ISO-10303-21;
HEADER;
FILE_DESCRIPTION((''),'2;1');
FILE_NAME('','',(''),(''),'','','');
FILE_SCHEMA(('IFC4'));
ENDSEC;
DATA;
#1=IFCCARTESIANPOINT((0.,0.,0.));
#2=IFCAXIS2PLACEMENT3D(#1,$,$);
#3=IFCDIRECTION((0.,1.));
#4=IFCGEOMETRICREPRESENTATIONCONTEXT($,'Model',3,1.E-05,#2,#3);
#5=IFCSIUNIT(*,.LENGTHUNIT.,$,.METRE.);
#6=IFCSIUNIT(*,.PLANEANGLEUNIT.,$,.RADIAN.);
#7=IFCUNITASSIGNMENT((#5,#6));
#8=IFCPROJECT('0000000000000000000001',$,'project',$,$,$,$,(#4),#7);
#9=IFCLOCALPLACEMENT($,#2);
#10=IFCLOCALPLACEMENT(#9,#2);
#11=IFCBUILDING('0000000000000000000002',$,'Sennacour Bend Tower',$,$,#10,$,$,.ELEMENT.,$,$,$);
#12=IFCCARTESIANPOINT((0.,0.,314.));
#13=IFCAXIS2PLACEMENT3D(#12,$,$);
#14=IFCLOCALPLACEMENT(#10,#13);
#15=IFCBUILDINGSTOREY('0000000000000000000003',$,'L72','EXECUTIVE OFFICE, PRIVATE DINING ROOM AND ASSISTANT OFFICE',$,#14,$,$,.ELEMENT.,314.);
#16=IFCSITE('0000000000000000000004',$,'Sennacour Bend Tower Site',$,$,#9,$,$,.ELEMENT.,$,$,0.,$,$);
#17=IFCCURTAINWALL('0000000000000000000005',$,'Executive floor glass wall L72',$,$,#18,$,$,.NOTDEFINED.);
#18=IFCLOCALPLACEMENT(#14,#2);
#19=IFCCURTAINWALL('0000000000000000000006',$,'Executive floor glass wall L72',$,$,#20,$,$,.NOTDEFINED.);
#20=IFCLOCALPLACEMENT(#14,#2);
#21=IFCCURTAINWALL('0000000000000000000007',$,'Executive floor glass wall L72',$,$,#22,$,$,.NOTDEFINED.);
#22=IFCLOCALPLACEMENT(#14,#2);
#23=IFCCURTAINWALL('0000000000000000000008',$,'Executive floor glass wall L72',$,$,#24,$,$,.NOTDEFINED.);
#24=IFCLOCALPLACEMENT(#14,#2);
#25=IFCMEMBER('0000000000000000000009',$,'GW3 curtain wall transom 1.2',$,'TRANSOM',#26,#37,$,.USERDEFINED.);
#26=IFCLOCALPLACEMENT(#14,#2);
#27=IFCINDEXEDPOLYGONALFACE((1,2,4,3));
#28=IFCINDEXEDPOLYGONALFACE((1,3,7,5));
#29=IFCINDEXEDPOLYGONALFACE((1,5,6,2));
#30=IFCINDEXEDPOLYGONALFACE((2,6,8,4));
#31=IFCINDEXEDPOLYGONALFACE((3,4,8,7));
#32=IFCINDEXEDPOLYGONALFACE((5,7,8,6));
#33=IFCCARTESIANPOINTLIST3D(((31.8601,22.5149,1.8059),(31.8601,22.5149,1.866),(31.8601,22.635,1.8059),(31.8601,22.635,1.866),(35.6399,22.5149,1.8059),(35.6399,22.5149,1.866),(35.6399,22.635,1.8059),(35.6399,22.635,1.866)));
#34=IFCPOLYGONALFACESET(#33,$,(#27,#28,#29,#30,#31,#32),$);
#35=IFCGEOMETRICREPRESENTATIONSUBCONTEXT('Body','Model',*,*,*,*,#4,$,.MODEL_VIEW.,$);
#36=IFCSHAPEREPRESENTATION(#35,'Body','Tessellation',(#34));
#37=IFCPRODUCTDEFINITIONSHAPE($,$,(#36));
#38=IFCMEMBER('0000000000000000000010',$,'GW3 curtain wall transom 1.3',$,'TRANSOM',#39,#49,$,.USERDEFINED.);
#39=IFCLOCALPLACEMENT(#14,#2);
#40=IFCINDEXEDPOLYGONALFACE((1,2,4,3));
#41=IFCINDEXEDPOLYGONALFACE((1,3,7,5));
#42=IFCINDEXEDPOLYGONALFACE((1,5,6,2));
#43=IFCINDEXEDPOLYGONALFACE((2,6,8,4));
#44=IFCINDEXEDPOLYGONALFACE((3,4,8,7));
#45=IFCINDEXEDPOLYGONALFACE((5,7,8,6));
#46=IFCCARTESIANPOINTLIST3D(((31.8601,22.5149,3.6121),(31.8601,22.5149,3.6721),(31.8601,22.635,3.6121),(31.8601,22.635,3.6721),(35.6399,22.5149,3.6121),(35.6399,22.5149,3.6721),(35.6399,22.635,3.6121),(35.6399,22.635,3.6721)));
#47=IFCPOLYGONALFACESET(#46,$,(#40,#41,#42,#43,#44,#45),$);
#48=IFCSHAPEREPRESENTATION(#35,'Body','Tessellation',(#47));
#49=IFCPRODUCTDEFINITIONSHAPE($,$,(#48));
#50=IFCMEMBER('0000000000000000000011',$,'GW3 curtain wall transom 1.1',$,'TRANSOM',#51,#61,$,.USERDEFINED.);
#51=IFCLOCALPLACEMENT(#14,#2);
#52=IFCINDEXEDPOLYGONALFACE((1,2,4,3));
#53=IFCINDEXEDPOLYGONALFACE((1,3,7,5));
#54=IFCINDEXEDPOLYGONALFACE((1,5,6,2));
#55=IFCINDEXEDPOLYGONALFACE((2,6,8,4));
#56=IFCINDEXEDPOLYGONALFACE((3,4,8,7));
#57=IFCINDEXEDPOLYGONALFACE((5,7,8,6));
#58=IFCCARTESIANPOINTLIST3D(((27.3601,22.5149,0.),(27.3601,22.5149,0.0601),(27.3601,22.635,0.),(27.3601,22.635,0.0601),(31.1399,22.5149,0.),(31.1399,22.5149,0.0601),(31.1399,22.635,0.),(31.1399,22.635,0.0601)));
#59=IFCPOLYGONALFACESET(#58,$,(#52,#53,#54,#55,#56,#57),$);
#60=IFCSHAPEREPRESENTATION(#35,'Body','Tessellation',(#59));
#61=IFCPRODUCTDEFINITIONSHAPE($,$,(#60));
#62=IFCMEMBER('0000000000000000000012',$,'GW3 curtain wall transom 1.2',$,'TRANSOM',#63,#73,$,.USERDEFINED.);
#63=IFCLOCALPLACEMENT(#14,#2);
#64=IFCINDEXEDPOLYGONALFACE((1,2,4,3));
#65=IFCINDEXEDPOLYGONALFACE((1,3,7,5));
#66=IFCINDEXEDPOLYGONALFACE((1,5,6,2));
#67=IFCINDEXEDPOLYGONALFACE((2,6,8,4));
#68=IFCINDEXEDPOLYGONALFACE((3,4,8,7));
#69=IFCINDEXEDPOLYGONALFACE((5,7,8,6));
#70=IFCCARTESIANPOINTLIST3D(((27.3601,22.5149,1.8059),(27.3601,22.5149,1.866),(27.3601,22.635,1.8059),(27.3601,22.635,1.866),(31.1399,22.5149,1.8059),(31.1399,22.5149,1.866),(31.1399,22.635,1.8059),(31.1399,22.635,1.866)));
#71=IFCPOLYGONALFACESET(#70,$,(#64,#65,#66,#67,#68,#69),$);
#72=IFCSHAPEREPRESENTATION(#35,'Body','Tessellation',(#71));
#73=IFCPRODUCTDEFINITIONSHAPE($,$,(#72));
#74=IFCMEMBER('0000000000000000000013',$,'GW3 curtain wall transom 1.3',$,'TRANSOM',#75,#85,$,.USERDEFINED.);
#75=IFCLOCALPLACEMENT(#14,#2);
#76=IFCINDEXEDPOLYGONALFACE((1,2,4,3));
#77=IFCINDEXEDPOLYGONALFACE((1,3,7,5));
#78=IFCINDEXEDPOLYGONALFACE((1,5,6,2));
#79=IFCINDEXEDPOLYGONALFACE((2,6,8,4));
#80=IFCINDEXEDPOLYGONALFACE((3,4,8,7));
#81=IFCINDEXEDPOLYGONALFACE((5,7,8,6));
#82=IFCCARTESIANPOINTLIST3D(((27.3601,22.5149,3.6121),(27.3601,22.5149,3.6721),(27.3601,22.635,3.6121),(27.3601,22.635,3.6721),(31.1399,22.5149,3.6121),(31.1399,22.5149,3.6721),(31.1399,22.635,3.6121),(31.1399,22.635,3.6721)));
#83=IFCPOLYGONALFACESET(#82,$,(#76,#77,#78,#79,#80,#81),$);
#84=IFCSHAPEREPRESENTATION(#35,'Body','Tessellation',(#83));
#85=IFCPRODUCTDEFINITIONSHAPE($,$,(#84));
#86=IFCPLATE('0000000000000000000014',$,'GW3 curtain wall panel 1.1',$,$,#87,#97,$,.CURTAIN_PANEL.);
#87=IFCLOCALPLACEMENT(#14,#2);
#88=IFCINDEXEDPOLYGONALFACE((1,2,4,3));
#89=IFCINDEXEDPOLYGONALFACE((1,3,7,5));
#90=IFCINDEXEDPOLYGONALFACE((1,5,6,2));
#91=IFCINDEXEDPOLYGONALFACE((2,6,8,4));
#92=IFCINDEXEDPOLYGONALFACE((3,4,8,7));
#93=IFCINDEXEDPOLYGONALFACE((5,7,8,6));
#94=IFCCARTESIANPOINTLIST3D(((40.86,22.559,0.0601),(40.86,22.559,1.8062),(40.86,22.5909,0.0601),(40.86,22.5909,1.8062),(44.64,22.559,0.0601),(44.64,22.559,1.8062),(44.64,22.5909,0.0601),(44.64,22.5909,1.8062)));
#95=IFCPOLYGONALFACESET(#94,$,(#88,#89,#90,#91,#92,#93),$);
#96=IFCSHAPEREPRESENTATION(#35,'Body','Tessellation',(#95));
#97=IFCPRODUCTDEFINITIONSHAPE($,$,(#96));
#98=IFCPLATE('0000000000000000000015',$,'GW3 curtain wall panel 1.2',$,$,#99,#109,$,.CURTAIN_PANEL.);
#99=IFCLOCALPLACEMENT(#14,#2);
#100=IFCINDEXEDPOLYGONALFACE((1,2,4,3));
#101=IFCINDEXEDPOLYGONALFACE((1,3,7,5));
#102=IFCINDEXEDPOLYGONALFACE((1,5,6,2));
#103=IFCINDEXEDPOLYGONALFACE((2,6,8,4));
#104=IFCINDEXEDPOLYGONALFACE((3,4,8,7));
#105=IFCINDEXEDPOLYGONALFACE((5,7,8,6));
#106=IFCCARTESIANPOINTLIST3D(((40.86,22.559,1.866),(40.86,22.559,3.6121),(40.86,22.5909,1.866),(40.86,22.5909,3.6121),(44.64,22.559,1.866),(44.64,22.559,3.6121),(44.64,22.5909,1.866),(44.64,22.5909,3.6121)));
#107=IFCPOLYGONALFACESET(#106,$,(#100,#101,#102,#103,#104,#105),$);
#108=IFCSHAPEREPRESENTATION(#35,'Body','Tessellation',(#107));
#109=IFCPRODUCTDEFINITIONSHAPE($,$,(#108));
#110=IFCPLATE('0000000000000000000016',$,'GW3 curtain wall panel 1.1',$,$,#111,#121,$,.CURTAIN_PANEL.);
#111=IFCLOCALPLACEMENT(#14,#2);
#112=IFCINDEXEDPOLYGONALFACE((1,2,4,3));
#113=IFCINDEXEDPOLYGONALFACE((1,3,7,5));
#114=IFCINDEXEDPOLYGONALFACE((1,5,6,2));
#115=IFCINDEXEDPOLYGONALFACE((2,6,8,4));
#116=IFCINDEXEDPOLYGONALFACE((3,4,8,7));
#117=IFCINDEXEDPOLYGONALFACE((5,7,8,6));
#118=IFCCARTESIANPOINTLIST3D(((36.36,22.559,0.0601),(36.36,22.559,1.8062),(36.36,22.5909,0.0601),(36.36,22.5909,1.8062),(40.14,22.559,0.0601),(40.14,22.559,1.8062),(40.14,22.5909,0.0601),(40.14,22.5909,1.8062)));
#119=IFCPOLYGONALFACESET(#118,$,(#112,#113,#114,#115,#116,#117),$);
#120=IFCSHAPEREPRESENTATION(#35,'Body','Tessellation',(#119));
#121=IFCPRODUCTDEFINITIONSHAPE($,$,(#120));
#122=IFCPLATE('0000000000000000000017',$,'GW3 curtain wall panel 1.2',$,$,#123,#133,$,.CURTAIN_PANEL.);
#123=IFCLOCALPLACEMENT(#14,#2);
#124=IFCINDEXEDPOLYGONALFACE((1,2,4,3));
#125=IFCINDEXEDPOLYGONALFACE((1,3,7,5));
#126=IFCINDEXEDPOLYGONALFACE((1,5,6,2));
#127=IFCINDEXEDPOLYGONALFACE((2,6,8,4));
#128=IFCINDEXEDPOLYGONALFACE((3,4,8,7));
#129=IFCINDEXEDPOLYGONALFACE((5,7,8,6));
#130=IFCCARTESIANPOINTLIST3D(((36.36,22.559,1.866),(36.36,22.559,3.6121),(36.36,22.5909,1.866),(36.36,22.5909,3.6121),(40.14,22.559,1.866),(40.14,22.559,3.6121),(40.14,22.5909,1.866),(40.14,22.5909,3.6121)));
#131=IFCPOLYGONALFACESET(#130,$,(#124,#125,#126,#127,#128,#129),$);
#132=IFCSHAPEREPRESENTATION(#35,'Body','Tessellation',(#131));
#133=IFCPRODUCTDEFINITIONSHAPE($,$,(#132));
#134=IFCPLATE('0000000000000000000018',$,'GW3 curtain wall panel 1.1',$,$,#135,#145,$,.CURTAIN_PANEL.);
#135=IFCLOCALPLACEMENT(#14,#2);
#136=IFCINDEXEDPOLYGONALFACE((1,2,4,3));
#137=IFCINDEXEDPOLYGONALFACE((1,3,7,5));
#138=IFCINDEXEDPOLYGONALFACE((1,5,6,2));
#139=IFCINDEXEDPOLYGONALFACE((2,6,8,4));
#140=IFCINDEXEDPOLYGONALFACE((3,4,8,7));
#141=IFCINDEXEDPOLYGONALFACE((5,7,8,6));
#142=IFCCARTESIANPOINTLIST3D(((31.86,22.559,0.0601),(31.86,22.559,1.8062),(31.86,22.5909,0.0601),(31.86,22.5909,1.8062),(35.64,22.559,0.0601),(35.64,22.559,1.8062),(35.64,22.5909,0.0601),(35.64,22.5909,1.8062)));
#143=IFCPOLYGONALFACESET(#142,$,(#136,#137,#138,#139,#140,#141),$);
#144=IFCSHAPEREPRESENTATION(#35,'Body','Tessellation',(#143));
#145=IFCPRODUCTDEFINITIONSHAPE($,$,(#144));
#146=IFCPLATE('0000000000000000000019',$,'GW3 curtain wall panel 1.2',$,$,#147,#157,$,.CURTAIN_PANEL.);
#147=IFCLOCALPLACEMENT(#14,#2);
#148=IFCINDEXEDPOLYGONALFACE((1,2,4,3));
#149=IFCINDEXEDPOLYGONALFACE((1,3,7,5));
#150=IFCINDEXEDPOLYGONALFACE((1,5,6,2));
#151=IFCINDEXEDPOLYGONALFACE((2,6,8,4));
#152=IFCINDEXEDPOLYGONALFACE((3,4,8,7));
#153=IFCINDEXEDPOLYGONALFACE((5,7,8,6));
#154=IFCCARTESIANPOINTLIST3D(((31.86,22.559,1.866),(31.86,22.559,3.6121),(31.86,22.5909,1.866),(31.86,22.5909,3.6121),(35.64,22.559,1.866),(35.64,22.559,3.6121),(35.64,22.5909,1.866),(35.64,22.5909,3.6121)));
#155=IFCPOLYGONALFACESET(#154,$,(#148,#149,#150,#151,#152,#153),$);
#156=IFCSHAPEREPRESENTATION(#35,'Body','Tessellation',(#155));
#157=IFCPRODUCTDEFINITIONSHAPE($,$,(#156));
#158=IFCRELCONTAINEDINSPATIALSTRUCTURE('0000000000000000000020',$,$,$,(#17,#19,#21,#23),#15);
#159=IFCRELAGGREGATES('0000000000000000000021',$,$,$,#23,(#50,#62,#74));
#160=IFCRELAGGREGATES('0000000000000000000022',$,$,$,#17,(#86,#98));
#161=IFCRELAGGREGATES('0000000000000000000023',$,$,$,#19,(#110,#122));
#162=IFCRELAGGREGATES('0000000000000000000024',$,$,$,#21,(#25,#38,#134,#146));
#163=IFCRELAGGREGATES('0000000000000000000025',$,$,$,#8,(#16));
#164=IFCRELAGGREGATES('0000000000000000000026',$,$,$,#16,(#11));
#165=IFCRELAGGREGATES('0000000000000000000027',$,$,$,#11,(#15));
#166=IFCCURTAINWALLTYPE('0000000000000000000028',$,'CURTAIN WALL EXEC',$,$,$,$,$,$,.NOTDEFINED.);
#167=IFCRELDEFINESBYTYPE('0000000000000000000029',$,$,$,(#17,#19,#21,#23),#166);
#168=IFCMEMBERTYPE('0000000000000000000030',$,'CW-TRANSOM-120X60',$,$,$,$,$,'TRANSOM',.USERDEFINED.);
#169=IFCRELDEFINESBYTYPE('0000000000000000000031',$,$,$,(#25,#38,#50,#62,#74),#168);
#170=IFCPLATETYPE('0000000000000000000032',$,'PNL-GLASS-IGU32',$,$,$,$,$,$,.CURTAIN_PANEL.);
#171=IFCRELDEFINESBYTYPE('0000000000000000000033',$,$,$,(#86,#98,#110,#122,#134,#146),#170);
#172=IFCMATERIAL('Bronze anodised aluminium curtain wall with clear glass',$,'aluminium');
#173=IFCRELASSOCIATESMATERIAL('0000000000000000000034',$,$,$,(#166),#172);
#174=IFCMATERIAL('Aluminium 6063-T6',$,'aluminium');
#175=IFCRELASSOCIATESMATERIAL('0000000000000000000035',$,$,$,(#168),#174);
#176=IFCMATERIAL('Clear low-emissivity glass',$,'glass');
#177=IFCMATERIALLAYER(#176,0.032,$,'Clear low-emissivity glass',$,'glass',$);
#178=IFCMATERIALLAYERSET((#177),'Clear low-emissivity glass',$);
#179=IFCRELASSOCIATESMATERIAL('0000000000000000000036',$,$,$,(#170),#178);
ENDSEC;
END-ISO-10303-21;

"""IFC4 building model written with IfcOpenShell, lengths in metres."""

from ifc_helpers import new_model, si_unit, direction, frame, origin, origin_2d, place, context, subcontext, project, spatial, rectangle, extrude, material, layer, layer_set, material_profile, profile_set, type_object, element, aggregate, save


model = new_model("IFC4")

# Units and contexts
model_context = context("Model", 3, precision=1e-05, world=origin(), true_north=direction((0.0, 1.0)))
body_context = subcontext(model_context, "Body", "Model", "MODEL_VIEW")
ifc_project = project(units=[si_unit("LENGTHUNIT", "METRE"), si_unit("PLANEANGLEUNIT", "RADIAN")], contexts=[model_context])

# Site, building, storey
site_placement = place(None, origin())
site = spatial("IfcSite", under=ifc_project, at=site_placement, Name="Sennacour Bend Tower Site", CompositionType="ELEMENT", RefElevation=0.0)
building_placement = place(site_placement, origin())
building = spatial("IfcBuilding", under=site, at=building_placement, Name="Sennacour Bend Tower", CompositionType="ELEMENT")
storey_placement = place(building_placement, frame((0.0, 0.0, 314.0)))
storey = spatial("IfcBuildingStorey", under=building, at=storey_placement, Name="L72", Description="EXECUTIVE OFFICE, PRIVATE DINING ROOM AND ASSISTANT OFFICE", CompositionType="ELEMENT", Elevation=314.0)

# Shared definitions
ifc_material_1 = material(Name="Bronze anodised aluminium curtain wall with clear glass", Category="aluminium")
curtain_wall_type = type_object("IfcCurtainWallType", Name="CURTAIN WALL EXEC", PredefinedType="NOTDEFINED", material=ifc_material_1)
ifc_material_2 = material(Name="Aluminium 6063-T6", Category="aluminium")

# Curtain walls
curtain_wall_1_placement = place(storey_placement, origin())
curtain_wall_1 = element("IfcCurtainWall", 1, at=curtain_wall_1_placement, inside=storey, type_object=curtain_wall_type, Name="Executive floor glass wall L72", PredefinedType="NOTDEFINED")
curtain_wall_2_placement = place(storey_placement, origin())
curtain_wall_2 = element("IfcCurtainWall", 2, at=curtain_wall_2_placement, inside=storey, type_object=curtain_wall_type, Name="Executive floor glass wall L72", PredefinedType="NOTDEFINED")
curtain_wall_3_placement = place(storey_placement, origin())
curtain_wall_3 = element("IfcCurtainWall", 3, at=curtain_wall_3_placement, inside=storey, type_object=curtain_wall_type, Name="Executive floor glass wall L72", PredefinedType="NOTDEFINED")

# Curtain wall
curtain_wall_4_placement = place(storey_placement, origin())
curtain_wall_4 = element("IfcCurtainWall", 4, at=curtain_wall_4_placement, inside=storey, type_object=curtain_wall_type, Name="Executive floor glass wall L72", PredefinedType="NOTDEFINED")

# Members
ifc_material_profile_1 = material_profile(ifc_material_2, rectangle(XDim=0.1201, YDim=0.0601, at=origin_2d()), Name="Aluminium 6063-T6", Category="aluminium")
ifc_profile_set_1 = profile_set([ifc_material_profile_1], Name="Aluminium 6063-T6")
member_type_1 = type_object("IfcMemberType", Name="CW-TRANSOM-120X60", ElementType="TRANSOM", PredefinedType="USERDEFINED", material=ifc_profile_set_1)
member_1_placement = place(storey_placement, frame((35.6399, 22.575, 1.8359), z_axis=(-1.0, 0.0, 0.0), x_axis=(0.0, -1.0, 0.0)))
member_1 = element("IfcMember", 5, at=member_1_placement, type_object=member_type_1, Name="GW3 curtain wall transom 1.2", ObjectType="TRANSOM", PredefinedType="USERDEFINED", context=body_context, shape_type="SweptSolid", body=[
    extrude(rectangle(XDim=0.1201, YDim=0.0601, at=origin_2d()), origin(), (0.0, 0.0, 1.0), 3.7798),
])
member_2_placement = place(storey_placement, frame((35.6399, 22.575, 3.6421), z_axis=(-1.0, 0.0, 0.0), x_axis=(0.0, -1.0, 0.0)))
member_2 = element("IfcMember", 6, at=member_2_placement, type_object=member_type_1, Name="GW3 curtain wall transom 1.3", ObjectType="TRANSOM", PredefinedType="USERDEFINED", context=body_context, shape_type="SweptSolid", body=[
    extrude(rectangle(XDim=0.1201, YDim=0.0601, at=origin_2d()), origin(), (0.0, 0.0, 1.0), 3.7798),
])
member_3_placement = place(storey_placement, frame((31.1399, 22.575, 0.03), z_axis=(-1.0, 0.0, 0.0), x_axis=(0.0, -1.0, 0.0)))
member_3 = element("IfcMember", 7, at=member_3_placement, type_object=member_type_1, Name="GW3 curtain wall transom 1.1", ObjectType="TRANSOM", PredefinedType="USERDEFINED", context=body_context, shape_type="SweptSolid", body=[
    extrude(rectangle(XDim=0.1201, YDim=0.0601, at=origin_2d()), origin(), (0.0, 0.0, 1.0), 3.7798),
])
member_4_placement = place(storey_placement, frame((31.1399, 22.575, 1.8359), z_axis=(-1.0, 0.0, 0.0), x_axis=(0.0, -1.0, 0.0)))
member_4 = element("IfcMember", 8, at=member_4_placement, type_object=member_type_1, Name="GW3 curtain wall transom 1.2", ObjectType="TRANSOM", PredefinedType="USERDEFINED", context=body_context, shape_type="SweptSolid", body=[
    extrude(rectangle(XDim=0.1201, YDim=0.0601, at=origin_2d()), origin(), (0.0, 0.0, 1.0), 3.7798),
])
member_5_placement = place(storey_placement, frame((31.1399, 22.575, 3.6421), z_axis=(-1.0, 0.0, 0.0), x_axis=(0.0, -1.0, 0.0)))
member_5 = element("IfcMember", 9, at=member_5_placement, type_object=member_type_1, Name="GW3 curtain wall transom 1.3", ObjectType="TRANSOM", PredefinedType="USERDEFINED", context=body_context, shape_type="SweptSolid", body=[
    extrude(rectangle(XDim=0.1201, YDim=0.0601, at=origin_2d()), origin(), (0.0, 0.0, 1.0), 3.7798),
])
aggregate(curtain_wall_4, [member_3, member_4, member_5])

# Plates
ifc_material_3 = material(Name="Clear low-emissivity glass", Category="glass")
ifc_layer = layer(ifc_material_3, 0.032, Name="Clear low-emissivity glass", Category="glass")
ifc_layer_set = layer_set([ifc_layer], Name="Clear low-emissivity glass")
plate_type = type_object("IfcPlateType", Name="PNL-GLASS-IGU32", PredefinedType="CURTAIN_PANEL", material=ifc_layer_set)
plate_1_placement = place(storey_placement, frame((42.75, 22.575, 0.0601), z_axis=(0.0, 0.0, 1.0), x_axis=(-1.0, 0.0, 0.0)))
plate_1 = element("IfcPlate", 10, at=plate_1_placement, type_object=plate_type, Name="GW3 curtain wall panel 1.1", PredefinedType="CURTAIN_PANEL", context=body_context, shape_type="SweptSolid", body=[
    extrude(rectangle(XDim=3.78, YDim=0.032, at=origin_2d()), origin(), (0.0, 0.0, 1.0), 1.7461),
])
plate_2_placement = place(storey_placement, frame((42.75, 22.575, 1.866), z_axis=(0.0, 0.0, 1.0), x_axis=(-1.0, 0.0, 0.0)))
plate_2 = element("IfcPlate", 11, at=plate_2_placement, type_object=plate_type, Name="GW3 curtain wall panel 1.2", PredefinedType="CURTAIN_PANEL", context=body_context, shape_type="SweptSolid", body=[
    extrude(rectangle(XDim=3.78, YDim=0.032, at=origin_2d()), origin(), (0.0, 0.0, 1.0), 1.7461),
])
aggregate(curtain_wall_1, [plate_1, plate_2])
plate_3_placement = place(storey_placement, frame((38.25, 22.575, 0.0601), z_axis=(0.0, 0.0, 1.0), x_axis=(-1.0, 0.0, 0.0)))
plate_3 = element("IfcPlate", 12, at=plate_3_placement, type_object=plate_type, Name="GW3 curtain wall panel 1.1", PredefinedType="CURTAIN_PANEL", context=body_context, shape_type="SweptSolid", body=[
    extrude(rectangle(XDim=3.78, YDim=0.032, at=origin_2d()), origin(), (0.0, 0.0, 1.0), 1.7461),
])
plate_4_placement = place(storey_placement, frame((38.25, 22.575, 1.866), z_axis=(0.0, 0.0, 1.0), x_axis=(-1.0, 0.0, 0.0)))
plate_4 = element("IfcPlate", 13, at=plate_4_placement, type_object=plate_type, Name="GW3 curtain wall panel 1.2", PredefinedType="CURTAIN_PANEL", context=body_context, shape_type="SweptSolid", body=[
    extrude(rectangle(XDim=3.78, YDim=0.032, at=origin_2d()), origin(), (0.0, 0.0, 1.0), 1.7461),
])
aggregate(curtain_wall_2, [plate_3, plate_4])
plate_5_placement = place(storey_placement, frame((33.75, 22.575, 0.0601), z_axis=(0.0, 0.0, 1.0), x_axis=(-1.0, 0.0, 0.0)))
plate_5 = element("IfcPlate", 14, at=plate_5_placement, type_object=plate_type, Name="GW3 curtain wall panel 1.1", PredefinedType="CURTAIN_PANEL", context=body_context, shape_type="SweptSolid", body=[
    extrude(rectangle(XDim=3.78, YDim=0.032, at=origin_2d()), origin(), (0.0, 0.0, 1.0), 1.7461),
])
plate_6_placement = place(storey_placement, frame((33.75, 22.575, 1.866), z_axis=(0.0, 0.0, 1.0), x_axis=(-1.0, 0.0, 0.0)))
plate_6 = element("IfcPlate", 15, at=plate_6_placement, type_object=plate_type, Name="GW3 curtain wall panel 1.2", PredefinedType="CURTAIN_PANEL", context=body_context, shape_type="SweptSolid", body=[
    extrude(rectangle(XDim=3.78, YDim=0.032, at=origin_2d()), origin(), (0.0, 0.0, 1.0), 1.7461),
])
aggregate(curtain_wall_3, [member_1, member_2, plate_5, plate_6])

save(model, "model.ifc")
